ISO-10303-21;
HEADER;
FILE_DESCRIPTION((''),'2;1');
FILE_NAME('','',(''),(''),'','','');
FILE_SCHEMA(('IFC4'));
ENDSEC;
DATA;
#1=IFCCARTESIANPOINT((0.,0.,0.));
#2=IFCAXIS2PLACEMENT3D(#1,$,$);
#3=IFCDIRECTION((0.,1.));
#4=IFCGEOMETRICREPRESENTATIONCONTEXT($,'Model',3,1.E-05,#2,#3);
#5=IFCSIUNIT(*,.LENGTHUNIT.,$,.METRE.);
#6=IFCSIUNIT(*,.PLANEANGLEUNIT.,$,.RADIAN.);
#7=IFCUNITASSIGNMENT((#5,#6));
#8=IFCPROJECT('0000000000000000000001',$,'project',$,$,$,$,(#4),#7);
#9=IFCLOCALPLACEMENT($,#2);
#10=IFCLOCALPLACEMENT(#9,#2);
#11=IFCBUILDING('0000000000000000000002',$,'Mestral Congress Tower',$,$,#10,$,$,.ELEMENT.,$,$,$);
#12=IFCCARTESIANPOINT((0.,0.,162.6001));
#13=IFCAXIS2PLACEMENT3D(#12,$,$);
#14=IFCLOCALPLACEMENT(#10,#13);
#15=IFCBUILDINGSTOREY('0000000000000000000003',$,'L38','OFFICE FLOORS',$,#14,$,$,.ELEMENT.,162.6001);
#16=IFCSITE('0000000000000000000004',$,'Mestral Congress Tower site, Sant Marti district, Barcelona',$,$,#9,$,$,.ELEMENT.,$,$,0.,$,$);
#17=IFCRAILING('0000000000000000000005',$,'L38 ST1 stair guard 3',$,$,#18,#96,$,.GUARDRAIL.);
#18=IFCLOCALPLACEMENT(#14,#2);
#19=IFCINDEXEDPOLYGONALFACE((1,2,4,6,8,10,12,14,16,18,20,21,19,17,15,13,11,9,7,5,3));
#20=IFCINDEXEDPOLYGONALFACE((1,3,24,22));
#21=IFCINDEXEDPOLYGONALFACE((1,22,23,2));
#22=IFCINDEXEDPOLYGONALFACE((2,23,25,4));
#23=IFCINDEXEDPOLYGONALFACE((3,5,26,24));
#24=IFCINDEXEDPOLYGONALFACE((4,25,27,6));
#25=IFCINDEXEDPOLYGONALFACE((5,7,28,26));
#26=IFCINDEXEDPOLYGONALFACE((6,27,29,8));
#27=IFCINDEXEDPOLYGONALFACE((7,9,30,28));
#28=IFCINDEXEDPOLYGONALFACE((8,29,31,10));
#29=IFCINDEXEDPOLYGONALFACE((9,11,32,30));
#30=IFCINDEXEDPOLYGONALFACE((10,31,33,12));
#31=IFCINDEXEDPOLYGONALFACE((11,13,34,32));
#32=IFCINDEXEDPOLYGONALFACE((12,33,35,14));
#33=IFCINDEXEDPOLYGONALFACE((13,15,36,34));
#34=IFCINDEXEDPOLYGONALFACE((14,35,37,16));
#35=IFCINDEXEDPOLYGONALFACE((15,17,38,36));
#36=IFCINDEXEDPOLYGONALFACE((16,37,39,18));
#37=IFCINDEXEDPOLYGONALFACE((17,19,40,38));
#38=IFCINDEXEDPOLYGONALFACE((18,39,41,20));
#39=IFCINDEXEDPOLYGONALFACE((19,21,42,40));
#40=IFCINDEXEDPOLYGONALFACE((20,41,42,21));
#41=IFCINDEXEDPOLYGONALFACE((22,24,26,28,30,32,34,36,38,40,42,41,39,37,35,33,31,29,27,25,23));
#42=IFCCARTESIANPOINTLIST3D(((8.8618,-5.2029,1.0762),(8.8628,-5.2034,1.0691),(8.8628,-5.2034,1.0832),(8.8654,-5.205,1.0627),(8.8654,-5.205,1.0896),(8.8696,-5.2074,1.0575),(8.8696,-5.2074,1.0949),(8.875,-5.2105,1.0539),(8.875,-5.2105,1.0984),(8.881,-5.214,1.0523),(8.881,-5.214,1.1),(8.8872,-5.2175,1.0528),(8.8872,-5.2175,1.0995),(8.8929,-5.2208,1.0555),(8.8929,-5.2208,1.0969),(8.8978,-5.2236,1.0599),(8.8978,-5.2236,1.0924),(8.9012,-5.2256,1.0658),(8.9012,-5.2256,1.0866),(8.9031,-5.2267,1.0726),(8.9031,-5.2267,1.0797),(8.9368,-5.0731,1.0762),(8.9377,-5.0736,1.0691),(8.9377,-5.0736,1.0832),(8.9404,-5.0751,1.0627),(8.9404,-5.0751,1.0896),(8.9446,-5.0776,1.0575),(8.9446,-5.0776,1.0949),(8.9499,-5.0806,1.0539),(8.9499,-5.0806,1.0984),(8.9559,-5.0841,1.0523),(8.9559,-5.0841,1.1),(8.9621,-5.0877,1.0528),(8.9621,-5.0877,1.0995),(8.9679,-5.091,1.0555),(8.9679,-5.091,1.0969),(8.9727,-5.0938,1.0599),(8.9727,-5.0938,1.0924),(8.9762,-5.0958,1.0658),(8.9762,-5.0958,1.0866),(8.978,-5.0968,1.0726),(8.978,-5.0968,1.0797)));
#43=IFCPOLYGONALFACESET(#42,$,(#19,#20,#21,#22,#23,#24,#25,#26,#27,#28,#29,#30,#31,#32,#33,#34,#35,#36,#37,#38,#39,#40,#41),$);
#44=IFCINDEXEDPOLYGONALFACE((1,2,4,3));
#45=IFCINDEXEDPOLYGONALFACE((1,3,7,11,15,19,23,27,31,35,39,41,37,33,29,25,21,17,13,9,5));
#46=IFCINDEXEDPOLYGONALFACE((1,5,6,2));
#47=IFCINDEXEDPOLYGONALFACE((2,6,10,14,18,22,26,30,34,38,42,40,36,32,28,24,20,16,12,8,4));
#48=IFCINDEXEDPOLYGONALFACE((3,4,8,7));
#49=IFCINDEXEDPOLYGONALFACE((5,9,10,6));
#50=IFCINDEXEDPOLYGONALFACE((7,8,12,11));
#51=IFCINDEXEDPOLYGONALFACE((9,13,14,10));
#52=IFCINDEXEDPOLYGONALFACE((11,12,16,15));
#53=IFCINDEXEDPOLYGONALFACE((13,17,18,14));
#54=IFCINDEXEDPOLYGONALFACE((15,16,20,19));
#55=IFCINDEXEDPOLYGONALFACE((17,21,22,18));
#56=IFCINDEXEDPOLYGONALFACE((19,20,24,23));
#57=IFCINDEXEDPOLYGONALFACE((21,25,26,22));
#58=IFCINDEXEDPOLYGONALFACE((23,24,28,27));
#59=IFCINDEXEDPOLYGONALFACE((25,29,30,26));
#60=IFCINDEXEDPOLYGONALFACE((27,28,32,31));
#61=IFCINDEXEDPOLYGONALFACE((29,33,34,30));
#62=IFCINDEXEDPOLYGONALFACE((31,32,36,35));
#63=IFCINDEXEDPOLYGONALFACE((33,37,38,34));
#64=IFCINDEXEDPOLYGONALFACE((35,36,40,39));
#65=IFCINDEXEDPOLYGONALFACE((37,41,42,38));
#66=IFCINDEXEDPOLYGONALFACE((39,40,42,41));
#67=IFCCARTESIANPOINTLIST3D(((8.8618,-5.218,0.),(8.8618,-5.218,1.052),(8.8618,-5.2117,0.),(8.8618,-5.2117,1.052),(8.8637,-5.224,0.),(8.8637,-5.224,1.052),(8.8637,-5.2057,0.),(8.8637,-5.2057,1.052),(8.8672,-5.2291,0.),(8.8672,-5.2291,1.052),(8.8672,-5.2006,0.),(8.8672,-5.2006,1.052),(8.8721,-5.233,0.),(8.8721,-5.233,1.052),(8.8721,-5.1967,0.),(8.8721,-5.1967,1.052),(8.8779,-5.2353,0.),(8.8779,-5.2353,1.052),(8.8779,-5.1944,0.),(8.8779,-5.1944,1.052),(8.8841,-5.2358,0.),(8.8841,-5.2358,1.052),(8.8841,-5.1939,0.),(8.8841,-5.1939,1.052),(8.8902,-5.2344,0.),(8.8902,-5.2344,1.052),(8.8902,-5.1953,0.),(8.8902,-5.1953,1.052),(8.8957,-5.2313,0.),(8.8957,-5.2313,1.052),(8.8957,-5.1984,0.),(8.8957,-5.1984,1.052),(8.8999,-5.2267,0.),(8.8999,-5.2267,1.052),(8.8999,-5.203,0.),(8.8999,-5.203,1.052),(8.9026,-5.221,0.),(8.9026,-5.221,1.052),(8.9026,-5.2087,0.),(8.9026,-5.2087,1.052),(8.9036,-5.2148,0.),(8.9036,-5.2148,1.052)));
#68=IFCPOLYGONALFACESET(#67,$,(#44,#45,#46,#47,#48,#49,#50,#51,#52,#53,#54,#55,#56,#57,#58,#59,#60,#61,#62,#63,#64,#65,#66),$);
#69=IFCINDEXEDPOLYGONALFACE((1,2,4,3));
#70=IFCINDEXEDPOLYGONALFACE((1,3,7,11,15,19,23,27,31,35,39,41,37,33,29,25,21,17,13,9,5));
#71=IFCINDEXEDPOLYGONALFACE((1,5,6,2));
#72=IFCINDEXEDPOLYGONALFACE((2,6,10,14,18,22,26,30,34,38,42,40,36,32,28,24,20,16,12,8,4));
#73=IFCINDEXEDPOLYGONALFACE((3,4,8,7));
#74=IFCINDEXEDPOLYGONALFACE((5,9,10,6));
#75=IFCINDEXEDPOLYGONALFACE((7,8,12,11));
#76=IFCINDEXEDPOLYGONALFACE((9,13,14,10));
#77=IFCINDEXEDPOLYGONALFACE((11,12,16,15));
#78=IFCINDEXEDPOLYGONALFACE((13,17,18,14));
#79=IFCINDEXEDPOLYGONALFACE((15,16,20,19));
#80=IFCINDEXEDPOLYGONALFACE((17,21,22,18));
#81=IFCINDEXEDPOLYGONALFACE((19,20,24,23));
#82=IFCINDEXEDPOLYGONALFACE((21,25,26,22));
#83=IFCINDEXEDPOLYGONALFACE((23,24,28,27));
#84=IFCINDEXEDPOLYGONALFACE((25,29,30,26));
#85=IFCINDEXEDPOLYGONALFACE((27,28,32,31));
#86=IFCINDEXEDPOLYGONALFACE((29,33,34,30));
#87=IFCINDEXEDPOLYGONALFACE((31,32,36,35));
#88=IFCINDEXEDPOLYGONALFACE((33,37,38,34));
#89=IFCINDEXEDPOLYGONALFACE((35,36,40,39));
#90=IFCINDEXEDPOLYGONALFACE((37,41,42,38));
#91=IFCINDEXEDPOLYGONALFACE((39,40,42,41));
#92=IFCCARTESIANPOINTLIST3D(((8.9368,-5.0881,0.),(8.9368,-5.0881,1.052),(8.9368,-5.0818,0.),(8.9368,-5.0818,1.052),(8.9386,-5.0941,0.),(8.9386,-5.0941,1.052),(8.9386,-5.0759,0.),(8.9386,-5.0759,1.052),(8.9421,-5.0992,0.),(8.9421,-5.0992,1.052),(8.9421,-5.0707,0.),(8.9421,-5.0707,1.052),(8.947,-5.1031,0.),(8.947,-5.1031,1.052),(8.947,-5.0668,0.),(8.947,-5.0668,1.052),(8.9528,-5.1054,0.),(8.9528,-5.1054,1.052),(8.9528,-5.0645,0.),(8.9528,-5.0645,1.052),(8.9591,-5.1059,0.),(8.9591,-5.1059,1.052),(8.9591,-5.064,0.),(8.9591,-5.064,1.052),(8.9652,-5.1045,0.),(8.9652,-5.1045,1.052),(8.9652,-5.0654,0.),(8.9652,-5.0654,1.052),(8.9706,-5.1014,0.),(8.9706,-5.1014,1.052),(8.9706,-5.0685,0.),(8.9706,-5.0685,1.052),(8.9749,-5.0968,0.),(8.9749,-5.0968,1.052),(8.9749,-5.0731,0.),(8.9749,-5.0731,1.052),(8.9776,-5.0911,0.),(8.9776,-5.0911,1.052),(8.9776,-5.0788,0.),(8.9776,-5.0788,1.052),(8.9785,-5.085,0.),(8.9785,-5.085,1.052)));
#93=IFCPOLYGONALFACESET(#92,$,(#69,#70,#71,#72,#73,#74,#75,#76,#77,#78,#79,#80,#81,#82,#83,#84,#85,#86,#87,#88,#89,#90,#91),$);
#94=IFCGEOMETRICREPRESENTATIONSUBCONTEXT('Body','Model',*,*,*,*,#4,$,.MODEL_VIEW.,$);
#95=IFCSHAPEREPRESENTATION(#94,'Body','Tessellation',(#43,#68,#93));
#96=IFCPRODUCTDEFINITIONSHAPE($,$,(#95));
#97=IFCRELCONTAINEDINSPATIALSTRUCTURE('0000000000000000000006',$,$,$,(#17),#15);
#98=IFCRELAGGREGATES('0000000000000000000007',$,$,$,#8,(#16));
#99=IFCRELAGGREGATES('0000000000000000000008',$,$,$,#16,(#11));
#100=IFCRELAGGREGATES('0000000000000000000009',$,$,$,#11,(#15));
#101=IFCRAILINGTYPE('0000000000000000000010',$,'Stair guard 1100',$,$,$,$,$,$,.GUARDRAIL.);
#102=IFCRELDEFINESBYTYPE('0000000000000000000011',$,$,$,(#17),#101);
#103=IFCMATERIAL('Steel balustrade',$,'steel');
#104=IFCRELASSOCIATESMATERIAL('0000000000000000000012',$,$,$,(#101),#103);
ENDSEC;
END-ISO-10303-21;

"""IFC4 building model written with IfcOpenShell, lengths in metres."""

from ifc_helpers import new_model, si_unit, direction, frame, origin, origin_2d, place, context, subcontext, project, spatial, circle, extrude, material, type_object, element, save


model = new_model("IFC4")

# Units and contexts
model_context = context("Model", 3, precision=1e-05, world=origin(), true_north=direction((0.0, 1.0)))
body_context = subcontext(model_context, "Body", "Model", "MODEL_VIEW")
ifc_project = project(units=[si_unit("LENGTHUNIT", "METRE"), si_unit("PLANEANGLEUNIT", "RADIAN")], contexts=[model_context])

# Site, building, storey
site_placement = place(None, origin())
site = spatial("IfcSite", under=ifc_project, at=site_placement, Name="Mestral Congress Tower site, Sant Marti district, Barcelona", CompositionType="ELEMENT", RefElevation=0.0)
building_placement = place(site_placement, origin())
building = spatial("IfcBuilding", under=site, at=building_placement, Name="Mestral Congress Tower", CompositionType="ELEMENT")
storey_placement = place(building_placement, frame((0.0, 0.0, 162.6001)))
storey = spatial("IfcBuildingStorey", under=building, at=storey_placement, Name="L38", Description="OFFICE FLOORS", CompositionType="ELEMENT", Elevation=162.6001)

# Railing
ifc_material_1 = material(Name="Steel balustrade", Category="steel")
railing_type_1 = type_object("IfcRailingType", Name="Stair guard 1100", PredefinedType="GUARDRAIL", material=ifc_material_1)
railing_1_placement = place(storey_placement, frame((8.8826, -5.2148, 0.0)))
element("IfcRailing", 1, at=railing_1_placement, inside=storey, type_object=railing_type_1, Name="L38 ST1 stair guard 3", PredefinedType="GUARDRAIL", context=body_context, shape_type="SweptSolid", body=[
    extrude(circle(Radius=0.0239, at=origin_2d()), frame((0.0, 0.0, 1.0762), z_axis=(0.499816, 0.866131, 0.0), x_axis=(-0.866131, 0.499816, 0.0)), (0.0, 0.0, 1.0), 0.1499),
    extrude(circle(Radius=0.021, at=origin_2d()), origin(), (0.0, 0.0, 1.0), 1.052),
    extrude(circle(Radius=0.021, at=origin_2d()), frame((0.075, 0.1299, 0.0)), (0.0, 0.0, 1.0), 1.052),
])

save(model, "model.ifc")
